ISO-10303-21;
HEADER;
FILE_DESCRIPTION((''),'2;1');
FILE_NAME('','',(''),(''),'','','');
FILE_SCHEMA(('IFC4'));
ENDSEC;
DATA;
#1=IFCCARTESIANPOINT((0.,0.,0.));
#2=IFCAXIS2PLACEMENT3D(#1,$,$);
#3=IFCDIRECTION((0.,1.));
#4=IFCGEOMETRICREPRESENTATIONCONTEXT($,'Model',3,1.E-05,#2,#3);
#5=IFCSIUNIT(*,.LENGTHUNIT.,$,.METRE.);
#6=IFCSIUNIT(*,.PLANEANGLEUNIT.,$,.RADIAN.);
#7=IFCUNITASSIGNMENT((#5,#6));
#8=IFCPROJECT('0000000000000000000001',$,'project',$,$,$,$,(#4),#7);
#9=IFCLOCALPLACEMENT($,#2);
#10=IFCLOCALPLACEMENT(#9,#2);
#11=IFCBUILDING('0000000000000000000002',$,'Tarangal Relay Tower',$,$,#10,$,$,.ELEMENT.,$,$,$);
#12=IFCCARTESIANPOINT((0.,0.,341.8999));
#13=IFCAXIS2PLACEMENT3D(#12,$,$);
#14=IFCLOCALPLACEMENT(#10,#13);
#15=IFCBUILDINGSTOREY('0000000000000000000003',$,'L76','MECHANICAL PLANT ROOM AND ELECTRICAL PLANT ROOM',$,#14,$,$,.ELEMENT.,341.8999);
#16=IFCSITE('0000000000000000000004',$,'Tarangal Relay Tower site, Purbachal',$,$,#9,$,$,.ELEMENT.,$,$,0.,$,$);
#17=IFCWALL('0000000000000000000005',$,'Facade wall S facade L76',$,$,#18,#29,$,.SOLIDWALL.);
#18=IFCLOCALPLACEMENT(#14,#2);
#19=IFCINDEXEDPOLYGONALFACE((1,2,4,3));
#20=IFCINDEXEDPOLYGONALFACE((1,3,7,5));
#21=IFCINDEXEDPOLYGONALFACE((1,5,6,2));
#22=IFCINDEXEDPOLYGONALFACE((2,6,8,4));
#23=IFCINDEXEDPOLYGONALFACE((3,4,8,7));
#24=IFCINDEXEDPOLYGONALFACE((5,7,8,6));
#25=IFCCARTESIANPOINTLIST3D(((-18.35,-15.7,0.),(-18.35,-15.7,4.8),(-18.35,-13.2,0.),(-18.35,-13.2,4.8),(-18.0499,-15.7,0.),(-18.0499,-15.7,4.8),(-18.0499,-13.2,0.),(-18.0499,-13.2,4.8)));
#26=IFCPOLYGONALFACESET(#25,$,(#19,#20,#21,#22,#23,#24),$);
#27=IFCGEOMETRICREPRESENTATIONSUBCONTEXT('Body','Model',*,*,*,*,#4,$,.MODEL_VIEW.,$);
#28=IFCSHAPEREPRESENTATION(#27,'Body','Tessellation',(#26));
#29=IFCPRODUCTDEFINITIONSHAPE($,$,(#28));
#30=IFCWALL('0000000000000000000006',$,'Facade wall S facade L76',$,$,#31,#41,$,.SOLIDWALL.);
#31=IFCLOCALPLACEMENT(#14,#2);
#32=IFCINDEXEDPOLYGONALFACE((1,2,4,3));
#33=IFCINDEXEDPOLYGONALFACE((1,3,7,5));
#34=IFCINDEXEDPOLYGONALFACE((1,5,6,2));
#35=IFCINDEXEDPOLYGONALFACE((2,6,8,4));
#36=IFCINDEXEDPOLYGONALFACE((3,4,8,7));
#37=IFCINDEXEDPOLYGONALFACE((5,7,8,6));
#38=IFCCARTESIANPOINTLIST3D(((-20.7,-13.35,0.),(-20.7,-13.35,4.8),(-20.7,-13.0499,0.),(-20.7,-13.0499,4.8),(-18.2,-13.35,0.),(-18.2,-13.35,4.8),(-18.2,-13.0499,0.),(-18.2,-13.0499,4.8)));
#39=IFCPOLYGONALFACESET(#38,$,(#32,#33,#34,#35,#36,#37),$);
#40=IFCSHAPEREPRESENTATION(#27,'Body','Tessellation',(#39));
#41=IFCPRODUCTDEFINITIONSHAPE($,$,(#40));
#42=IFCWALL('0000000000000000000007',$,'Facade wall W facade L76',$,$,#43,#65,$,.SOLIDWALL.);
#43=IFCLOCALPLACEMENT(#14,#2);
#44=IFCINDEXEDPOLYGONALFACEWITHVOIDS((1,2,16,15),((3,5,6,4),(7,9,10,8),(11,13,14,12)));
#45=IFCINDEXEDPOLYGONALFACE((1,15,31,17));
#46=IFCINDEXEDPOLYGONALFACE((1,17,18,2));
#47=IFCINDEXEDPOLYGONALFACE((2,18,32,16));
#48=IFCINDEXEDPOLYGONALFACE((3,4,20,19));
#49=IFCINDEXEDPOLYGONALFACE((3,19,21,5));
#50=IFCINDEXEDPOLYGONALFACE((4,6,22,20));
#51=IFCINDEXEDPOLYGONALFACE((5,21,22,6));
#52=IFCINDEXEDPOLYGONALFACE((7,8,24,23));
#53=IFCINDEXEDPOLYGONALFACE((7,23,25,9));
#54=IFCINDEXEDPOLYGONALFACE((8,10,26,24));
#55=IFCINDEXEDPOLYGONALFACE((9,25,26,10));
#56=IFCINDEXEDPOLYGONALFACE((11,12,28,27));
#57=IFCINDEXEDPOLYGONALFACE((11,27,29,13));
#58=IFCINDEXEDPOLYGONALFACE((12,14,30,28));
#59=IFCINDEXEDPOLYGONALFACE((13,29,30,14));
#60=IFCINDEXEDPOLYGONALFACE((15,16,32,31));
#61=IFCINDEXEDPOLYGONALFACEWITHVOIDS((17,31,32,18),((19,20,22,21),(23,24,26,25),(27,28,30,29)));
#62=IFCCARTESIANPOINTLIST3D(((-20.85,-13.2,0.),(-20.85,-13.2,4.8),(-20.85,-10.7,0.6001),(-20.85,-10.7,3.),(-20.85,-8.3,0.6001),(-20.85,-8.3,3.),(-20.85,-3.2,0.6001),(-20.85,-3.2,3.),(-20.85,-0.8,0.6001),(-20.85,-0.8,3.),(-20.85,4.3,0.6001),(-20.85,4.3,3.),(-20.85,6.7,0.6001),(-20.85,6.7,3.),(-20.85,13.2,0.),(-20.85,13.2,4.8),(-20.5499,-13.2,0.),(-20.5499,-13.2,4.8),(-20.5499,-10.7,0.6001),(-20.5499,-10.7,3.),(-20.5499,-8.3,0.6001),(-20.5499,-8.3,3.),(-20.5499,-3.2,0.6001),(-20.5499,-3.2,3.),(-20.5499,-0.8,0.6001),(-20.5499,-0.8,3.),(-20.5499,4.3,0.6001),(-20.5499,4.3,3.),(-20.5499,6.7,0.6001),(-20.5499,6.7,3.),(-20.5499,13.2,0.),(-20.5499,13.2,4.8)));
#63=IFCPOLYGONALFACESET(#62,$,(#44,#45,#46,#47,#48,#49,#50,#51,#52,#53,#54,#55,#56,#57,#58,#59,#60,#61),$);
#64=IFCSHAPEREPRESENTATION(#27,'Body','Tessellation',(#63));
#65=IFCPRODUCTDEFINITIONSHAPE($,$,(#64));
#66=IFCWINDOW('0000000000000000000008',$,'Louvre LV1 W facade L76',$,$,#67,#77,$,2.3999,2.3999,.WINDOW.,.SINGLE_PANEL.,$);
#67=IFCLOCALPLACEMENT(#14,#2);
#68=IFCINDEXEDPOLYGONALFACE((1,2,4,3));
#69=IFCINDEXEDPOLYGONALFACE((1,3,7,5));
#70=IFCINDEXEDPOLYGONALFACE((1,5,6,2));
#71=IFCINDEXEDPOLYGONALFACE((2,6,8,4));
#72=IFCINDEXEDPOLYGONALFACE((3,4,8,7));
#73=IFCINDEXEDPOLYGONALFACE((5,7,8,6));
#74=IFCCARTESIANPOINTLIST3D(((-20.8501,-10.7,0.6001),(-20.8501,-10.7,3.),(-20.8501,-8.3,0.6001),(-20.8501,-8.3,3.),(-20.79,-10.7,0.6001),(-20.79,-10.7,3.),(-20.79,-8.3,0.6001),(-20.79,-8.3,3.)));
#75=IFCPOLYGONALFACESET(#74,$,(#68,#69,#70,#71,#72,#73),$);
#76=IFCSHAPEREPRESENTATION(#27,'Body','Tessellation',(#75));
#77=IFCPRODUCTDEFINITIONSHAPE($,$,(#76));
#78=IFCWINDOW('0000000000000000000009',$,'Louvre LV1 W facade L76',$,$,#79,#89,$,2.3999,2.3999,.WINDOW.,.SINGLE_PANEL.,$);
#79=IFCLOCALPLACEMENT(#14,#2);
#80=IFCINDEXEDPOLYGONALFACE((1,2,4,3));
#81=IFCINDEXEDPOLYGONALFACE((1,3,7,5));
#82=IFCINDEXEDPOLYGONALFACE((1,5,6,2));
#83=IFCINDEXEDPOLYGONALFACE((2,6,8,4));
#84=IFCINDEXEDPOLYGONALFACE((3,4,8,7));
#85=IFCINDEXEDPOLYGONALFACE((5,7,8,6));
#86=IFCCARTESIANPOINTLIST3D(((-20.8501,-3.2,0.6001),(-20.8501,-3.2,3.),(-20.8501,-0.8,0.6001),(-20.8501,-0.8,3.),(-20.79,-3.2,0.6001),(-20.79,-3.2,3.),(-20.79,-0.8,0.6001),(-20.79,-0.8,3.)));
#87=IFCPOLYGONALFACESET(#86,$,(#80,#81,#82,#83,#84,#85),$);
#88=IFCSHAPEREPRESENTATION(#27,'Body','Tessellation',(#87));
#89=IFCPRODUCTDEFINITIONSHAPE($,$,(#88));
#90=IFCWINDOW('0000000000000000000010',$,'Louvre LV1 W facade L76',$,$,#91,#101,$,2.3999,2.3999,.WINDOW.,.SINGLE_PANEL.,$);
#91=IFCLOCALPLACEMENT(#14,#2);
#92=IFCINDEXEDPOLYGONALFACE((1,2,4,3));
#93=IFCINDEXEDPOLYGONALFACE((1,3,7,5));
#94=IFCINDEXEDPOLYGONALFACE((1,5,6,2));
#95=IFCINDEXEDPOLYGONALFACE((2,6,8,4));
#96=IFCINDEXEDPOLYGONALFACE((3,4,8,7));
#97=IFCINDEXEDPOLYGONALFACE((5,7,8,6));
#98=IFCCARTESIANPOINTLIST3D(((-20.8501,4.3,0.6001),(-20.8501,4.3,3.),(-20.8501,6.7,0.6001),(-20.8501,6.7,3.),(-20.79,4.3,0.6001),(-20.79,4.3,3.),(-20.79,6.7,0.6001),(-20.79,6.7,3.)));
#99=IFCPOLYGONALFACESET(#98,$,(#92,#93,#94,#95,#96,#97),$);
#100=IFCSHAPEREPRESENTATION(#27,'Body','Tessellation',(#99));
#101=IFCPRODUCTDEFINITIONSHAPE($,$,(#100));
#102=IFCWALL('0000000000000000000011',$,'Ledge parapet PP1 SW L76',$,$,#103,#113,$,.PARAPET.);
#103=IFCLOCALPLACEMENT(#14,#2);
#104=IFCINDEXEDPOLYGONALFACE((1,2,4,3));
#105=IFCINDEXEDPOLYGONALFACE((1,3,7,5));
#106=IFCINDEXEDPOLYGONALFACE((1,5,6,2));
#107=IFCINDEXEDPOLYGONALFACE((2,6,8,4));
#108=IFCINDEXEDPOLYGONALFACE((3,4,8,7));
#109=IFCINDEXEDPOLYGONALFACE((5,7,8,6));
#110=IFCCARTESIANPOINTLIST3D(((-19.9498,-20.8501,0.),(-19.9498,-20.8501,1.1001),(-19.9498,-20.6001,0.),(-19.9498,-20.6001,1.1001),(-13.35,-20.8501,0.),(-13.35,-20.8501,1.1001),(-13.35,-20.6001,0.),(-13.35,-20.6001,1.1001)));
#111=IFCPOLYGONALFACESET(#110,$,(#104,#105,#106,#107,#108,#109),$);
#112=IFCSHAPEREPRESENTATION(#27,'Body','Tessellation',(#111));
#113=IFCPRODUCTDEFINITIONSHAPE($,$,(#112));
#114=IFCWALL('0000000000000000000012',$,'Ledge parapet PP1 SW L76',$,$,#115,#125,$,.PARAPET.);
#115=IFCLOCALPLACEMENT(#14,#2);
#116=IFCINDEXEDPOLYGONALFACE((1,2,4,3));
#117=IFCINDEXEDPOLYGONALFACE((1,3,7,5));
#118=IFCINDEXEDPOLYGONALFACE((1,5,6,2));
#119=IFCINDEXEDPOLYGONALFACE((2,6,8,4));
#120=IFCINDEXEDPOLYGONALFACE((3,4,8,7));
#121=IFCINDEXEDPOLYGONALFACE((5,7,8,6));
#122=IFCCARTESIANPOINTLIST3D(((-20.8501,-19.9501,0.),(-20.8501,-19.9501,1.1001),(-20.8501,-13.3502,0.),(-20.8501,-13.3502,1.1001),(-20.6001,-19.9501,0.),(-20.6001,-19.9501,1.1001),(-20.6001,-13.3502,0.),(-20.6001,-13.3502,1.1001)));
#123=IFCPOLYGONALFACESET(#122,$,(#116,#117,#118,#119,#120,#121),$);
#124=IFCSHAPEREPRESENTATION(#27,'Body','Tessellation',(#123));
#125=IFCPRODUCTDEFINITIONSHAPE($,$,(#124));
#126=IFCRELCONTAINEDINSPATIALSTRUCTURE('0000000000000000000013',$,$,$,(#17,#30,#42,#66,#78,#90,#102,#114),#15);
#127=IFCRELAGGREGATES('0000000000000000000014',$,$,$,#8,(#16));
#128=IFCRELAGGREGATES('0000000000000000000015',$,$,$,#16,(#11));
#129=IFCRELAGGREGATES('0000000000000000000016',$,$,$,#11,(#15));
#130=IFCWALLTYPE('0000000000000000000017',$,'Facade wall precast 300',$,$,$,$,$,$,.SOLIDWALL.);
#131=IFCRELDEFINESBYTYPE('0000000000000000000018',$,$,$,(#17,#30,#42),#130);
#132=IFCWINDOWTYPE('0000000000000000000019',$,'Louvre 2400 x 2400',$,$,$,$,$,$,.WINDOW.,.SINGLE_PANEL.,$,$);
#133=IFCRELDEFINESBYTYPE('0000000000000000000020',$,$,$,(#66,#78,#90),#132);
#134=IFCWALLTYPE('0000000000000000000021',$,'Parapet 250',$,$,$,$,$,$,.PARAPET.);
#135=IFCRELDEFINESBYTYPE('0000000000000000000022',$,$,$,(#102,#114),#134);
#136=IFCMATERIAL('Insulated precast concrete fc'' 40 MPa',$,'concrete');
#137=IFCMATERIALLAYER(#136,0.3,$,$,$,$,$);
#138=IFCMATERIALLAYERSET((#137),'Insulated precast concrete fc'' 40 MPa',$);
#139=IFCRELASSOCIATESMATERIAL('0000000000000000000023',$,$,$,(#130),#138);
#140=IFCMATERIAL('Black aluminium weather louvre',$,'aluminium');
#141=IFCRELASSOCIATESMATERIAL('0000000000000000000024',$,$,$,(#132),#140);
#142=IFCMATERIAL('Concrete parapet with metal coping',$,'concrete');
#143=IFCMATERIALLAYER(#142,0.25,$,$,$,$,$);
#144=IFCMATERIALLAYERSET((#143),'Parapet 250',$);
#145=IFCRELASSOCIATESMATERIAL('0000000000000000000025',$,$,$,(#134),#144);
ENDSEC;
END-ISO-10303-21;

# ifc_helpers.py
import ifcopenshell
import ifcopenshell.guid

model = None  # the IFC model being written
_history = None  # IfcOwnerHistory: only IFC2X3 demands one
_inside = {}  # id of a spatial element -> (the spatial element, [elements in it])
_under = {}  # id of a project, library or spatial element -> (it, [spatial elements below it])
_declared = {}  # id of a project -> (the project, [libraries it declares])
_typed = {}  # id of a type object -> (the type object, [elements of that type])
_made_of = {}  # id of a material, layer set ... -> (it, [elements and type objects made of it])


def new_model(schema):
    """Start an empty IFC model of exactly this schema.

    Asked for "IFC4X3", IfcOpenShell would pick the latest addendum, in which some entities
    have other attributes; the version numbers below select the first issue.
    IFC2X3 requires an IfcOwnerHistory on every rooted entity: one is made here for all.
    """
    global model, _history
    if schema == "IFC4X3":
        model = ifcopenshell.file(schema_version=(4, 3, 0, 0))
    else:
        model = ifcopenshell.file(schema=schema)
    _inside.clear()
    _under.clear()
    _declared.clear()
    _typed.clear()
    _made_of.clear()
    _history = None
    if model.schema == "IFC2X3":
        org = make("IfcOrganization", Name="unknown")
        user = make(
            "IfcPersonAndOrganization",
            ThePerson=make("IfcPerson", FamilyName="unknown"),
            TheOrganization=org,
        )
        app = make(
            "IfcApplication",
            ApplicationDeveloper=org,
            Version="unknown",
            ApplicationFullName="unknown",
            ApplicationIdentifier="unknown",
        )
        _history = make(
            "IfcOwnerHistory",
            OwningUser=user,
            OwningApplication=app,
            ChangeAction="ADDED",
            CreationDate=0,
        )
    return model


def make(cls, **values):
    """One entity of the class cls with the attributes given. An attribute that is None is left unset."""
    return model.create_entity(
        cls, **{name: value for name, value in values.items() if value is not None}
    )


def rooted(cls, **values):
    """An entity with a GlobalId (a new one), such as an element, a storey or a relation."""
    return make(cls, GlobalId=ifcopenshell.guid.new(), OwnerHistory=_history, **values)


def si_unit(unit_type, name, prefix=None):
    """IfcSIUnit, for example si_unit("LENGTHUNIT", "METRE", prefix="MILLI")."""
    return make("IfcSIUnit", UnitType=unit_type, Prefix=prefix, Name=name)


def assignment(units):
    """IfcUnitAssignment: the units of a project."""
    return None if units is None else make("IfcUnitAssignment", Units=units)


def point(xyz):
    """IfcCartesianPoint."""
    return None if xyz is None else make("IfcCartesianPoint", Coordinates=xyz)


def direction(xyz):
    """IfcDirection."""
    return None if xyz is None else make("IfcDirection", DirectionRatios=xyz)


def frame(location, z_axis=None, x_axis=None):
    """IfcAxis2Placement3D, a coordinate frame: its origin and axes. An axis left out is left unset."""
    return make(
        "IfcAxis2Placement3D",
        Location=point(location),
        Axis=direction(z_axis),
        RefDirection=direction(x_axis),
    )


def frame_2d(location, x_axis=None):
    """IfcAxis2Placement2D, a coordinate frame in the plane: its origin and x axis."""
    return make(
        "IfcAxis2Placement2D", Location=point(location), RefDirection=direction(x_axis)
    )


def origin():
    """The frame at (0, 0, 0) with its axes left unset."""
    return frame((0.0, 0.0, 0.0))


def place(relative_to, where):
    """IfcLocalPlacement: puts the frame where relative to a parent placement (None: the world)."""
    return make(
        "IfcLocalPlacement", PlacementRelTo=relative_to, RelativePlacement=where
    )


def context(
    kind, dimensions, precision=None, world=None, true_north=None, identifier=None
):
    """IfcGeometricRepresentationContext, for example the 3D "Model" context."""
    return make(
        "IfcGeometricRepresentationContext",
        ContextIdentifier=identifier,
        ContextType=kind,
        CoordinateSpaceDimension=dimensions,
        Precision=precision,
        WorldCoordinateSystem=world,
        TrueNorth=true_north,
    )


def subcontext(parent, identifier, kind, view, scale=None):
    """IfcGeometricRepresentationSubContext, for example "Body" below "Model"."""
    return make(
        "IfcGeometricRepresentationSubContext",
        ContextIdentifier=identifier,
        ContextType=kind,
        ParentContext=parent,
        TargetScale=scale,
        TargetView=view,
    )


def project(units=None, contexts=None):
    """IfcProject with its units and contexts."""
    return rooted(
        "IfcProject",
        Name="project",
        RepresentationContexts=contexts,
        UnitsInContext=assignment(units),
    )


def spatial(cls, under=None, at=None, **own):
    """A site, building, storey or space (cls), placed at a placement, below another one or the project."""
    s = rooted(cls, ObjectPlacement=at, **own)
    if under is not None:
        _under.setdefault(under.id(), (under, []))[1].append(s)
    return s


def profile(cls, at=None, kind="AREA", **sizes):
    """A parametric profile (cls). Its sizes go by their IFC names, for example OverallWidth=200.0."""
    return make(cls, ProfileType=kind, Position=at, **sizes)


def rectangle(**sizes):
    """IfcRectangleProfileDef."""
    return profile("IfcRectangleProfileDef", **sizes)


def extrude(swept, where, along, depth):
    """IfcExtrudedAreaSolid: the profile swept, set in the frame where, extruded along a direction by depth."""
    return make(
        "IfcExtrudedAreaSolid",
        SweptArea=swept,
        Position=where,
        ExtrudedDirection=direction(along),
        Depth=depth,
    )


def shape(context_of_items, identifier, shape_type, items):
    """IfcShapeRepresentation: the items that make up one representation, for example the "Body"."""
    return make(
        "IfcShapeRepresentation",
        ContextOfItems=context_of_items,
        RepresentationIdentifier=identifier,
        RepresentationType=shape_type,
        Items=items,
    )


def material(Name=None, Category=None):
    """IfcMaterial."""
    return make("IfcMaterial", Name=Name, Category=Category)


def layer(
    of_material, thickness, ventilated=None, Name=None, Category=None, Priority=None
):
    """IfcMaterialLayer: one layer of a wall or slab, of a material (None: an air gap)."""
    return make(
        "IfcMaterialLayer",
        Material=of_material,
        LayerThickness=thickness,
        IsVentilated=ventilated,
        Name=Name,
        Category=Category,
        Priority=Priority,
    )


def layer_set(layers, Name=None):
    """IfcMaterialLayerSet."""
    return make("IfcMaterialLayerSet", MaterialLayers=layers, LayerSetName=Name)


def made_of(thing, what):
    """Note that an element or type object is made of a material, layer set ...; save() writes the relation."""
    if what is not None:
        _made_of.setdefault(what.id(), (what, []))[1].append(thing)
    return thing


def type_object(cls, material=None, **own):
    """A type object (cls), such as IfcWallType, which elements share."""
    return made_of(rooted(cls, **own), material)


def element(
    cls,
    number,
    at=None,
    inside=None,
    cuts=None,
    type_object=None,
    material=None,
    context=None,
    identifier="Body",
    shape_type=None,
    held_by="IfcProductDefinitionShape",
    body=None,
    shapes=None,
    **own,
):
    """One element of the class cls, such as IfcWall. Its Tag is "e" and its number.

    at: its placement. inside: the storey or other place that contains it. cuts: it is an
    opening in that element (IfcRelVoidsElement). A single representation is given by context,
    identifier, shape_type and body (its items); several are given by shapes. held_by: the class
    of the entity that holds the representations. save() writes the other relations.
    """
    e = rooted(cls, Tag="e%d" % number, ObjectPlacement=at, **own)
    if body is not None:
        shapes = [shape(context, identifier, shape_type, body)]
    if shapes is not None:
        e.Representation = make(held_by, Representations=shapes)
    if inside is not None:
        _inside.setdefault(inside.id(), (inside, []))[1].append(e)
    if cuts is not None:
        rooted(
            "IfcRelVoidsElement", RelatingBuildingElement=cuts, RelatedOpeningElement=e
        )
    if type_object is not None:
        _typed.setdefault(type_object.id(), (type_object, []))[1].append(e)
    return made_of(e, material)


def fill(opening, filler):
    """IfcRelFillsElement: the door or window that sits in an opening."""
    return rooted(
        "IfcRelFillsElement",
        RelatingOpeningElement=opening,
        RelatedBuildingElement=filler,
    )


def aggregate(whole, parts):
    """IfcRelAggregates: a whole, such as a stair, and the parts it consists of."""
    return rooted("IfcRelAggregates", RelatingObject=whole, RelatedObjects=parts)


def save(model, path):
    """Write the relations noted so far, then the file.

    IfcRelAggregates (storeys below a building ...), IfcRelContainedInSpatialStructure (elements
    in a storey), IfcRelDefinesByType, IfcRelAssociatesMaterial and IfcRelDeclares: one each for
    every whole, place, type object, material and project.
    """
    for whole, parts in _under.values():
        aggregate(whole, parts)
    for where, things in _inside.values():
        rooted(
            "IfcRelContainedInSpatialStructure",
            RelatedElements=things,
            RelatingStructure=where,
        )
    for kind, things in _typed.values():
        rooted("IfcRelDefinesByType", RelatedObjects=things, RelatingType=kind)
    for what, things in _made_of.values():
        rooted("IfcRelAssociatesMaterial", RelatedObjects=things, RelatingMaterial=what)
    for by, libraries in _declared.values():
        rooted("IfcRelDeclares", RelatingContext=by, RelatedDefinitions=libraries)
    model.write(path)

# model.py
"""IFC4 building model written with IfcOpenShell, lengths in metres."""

from ifc_helpers import new_model, si_unit, direction, frame, frame_2d, origin, place, context, subcontext, project, spatial, rectangle, extrude, material, layer, layer_set, type_object, element, fill, save


model = new_model("IFC4")

# Units and contexts
model_context = context("Model", 3, precision=1e-05, world=origin(), true_north=direction((0.0, 1.0)))
body_context = subcontext(model_context, "Body", "Model", "MODEL_VIEW")
ifc_project = project(units=[si_unit("LENGTHUNIT", "METRE"), si_unit("PLANEANGLEUNIT", "RADIAN")], contexts=[model_context])

# Site, building, storey
site_placement = place(None, origin())
site = spatial("IfcSite", under=ifc_project, at=site_placement, Name="Tarangal Relay Tower site, Purbachal", CompositionType="ELEMENT", RefElevation=0.0)
building_placement = place(site_placement, origin())
building = spatial("IfcBuilding", under=site, at=building_placement, Name="Tarangal Relay Tower", CompositionType="ELEMENT")
storey_placement = place(building_placement, frame((0.0, 0.0, 341.8999)))
storey = spatial("IfcBuildingStorey", under=building, at=storey_placement, Name="L76", Description="MECHANICAL PLANT ROOM AND ELECTRICAL PLANT ROOM", CompositionType="ELEMENT", Elevation=341.8999)

# Shared definitions
ifc_material_1 = material(Name="Insulated precast concrete fc' 40 MPa", Category="concrete")
ifc_layer_1 = layer(ifc_material_1, 0.3)
ifc_layer_set_1 = layer_set([ifc_layer_1], Name="Insulated precast concrete fc' 40 MPa")
wall_type_1 = type_object("IfcWallType", Name="Facade wall precast 300", PredefinedType="SOLIDWALL", material=ifc_layer_set_1)

# Walls
for number, where, z_axis, x_axis, name in (
    (1, (-18.2, -15.7, 0.0), (0.0, 0.0, 1.0), (0.0, 1.0, 0.0), "Facade wall S facade L76"),
    (2, (-18.2, -13.2, 0.0), (0.0, 0.0, 1.0), (-1.0, 0.0, 0.0), "Facade wall S facade L76"),
):
    element("IfcWall", number, at=place(storey_placement, frame(where, z_axis=z_axis, x_axis=x_axis)), inside=storey, type_object=wall_type_1, Name=name, PredefinedType="SOLIDWALL", context=body_context, shape_type="SweptSolid", body=[
        extrude(rectangle(XDim=2.5, YDim=0.3, at=frame_2d((1.25, 0.0))), origin(), (0.0, 0.0, 1.0), 4.8),
    ])

# Wall, openings, windows
wall_1_placement = place(storey_placement, frame((-20.7, -13.2, 0.0), z_axis=(0.0, 0.0, 1.0), x_axis=(0.0, 1.0, 0.0)))
wall_1 = element("IfcWall", 3, at=wall_1_placement, inside=storey, type_object=wall_type_1, Name="Facade wall W facade L76", PredefinedType="SOLIDWALL", context=body_context, shape_type="SweptSolid", body=[
    extrude(rectangle(XDim=26.3999, YDim=0.3, at=frame_2d((13.2, 0.0))), origin(), (0.0, 0.0, 1.0), 4.8),
])
opening_1_placement = place(wall_1_placement, frame((2.5, 0.0, 0.6001)))
opening_1 = element("IfcOpeningElement", 4, at=opening_1_placement, cuts=wall_1, PredefinedType="OPENING", context=body_context, shape_type="SweptSolid", body=[
    extrude(rectangle(XDim=2.3999, YDim=2.3999, at=frame_2d((1.2, 1.2))), frame((0.0, 0.1599, 0.0), z_axis=(0.0, -1.0, 0.0), x_axis=(1.0, 0.0, 0.0)), (0.0, 0.0, 1.0), 0.3201),
])
opening_2_placement = place(wall_1_placement, frame((10.0, 0.0, 0.6001)))
opening_2 = element("IfcOpeningElement", 5, at=opening_2_placement, cuts=wall_1, PredefinedType="OPENING", context=body_context, shape_type="SweptSolid", body=[
    extrude(rectangle(XDim=2.3999, YDim=2.3999, at=frame_2d((1.2, 1.2))), frame((0.0, 0.1599, 0.0), z_axis=(0.0, -1.0, 0.0), x_axis=(1.0, 0.0, 0.0)), (0.0, 0.0, 1.0), 0.3201),
])
opening_3_placement = place(wall_1_placement, frame((17.5, 0.0, 0.6001)))
opening_3 = element("IfcOpeningElement", 6, at=opening_3_placement, cuts=wall_1, PredefinedType="OPENING", context=body_context, shape_type="SweptSolid", body=[
    extrude(rectangle(XDim=2.3999, YDim=2.3999, at=frame_2d((1.2, 1.2))), frame((0.0, 0.1599, 0.0), z_axis=(0.0, -1.0, 0.0), x_axis=(1.0, 0.0, 0.0)), (0.0, 0.0, 1.0), 0.3201),
])
ifc_material_2 = material(Name="Black aluminium weather louvre", Category="aluminium")
window_type = type_object("IfcWindowType", Name="Louvre 2400 x 2400", PartitioningType="SINGLE_PANEL", PredefinedType="WINDOW", material=ifc_material_2)
window_1_placement = place(opening_1_placement, origin())
window_1 = element("IfcWindow", 7, at=window_1_placement, inside=storey, type_object=window_type, Name="Louvre LV1 W facade L76", OverallHeight=2.3999, OverallWidth=2.3999, PartitioningType="SINGLE_PANEL", PredefinedType="WINDOW", context=body_context, shape_type="SweptSolid", body=[
    extrude(rectangle(XDim=2.3999, YDim=2.3999, at=frame_2d((1.2, 1.2))), frame((0.0, 0.1501, 0.0), z_axis=(0.0, -1.0, 0.0), x_axis=(1.0, 0.0, 0.0)), (0.0, 0.0, 1.0), 0.0601),
])
fill(opening_1, window_1)
window_2_placement = place(opening_2_placement, origin())
window_2 = element("IfcWindow", 8, at=window_2_placement, inside=storey, type_object=window_type, Name="Louvre LV1 W facade L76", OverallHeight=2.3999, OverallWidth=2.3999, PartitioningType="SINGLE_PANEL", PredefinedType="WINDOW", context=body_context, shape_type="SweptSolid", body=[
    extrude(rectangle(XDim=2.3999, YDim=2.3999, at=frame_2d((1.2, 1.2))), frame((0.0, 0.1501, 0.0), z_axis=(0.0, -1.0, 0.0), x_axis=(1.0, 0.0, 0.0)), (0.0, 0.0, 1.0), 0.0601),
])
fill(opening_2, window_2)
window_3_placement = place(opening_3_placement, origin())
window_3 = element("IfcWindow", 9, at=window_3_placement, inside=storey, type_object=window_type, Name="Louvre LV1 W facade L76", OverallHeight=2.3999, OverallWidth=2.3999, PartitioningType="SINGLE_PANEL", PredefinedType="WINDOW", context=body_context, shape_type="SweptSolid", body=[
    extrude(rectangle(XDim=2.3999, YDim=2.3999, at=frame_2d((1.2, 1.2))), frame((0.0, 0.1501, 0.0), z_axis=(0.0, -1.0, 0.0), x_axis=(1.0, 0.0, 0.0)), (0.0, 0.0, 1.0), 0.0601),
])
fill(opening_3, window_3)

# Walls
ifc_material_3 = material(Name="Concrete parapet with metal coping", Category="concrete")
ifc_layer_2 = layer(ifc_material_3, 0.25)
ifc_layer_set_2 = layer_set([ifc_layer_2], Name="Parapet 250")
wall_type_2 = type_object("IfcWallType", Name="Parapet 250", PredefinedType="PARAPET", material=ifc_layer_set_2)
for number, where, z_axis, x_axis, name in (
    (10, (-13.3501, -20.7251, 0.0), (0.0, 0.0, 1.0), (-1.0, 0.0, 0.0), "Ledge parapet PP1 SW L76"),
    (11, (-20.7251, -19.95, 0.0), (0.0, 0.0, 1.0), (0.0, 1.0, 0.0), "Ledge parapet PP1 SW L76"),
):
    element("IfcWall", number, at=place(storey_placement, frame(where, z_axis=z_axis, x_axis=x_axis)), inside=storey, type_object=wall_type_2, Name=name, PredefinedType="PARAPET", context=body_context, shape_type="SweptSolid", body=[
        extrude(rectangle(XDim=6.5999, YDim=0.25, at=frame_2d((3.2998, 0.0))), origin(), (0.0, 0.0, 1.0), 1.1001),
    ])

save(model, "model.ifc")
